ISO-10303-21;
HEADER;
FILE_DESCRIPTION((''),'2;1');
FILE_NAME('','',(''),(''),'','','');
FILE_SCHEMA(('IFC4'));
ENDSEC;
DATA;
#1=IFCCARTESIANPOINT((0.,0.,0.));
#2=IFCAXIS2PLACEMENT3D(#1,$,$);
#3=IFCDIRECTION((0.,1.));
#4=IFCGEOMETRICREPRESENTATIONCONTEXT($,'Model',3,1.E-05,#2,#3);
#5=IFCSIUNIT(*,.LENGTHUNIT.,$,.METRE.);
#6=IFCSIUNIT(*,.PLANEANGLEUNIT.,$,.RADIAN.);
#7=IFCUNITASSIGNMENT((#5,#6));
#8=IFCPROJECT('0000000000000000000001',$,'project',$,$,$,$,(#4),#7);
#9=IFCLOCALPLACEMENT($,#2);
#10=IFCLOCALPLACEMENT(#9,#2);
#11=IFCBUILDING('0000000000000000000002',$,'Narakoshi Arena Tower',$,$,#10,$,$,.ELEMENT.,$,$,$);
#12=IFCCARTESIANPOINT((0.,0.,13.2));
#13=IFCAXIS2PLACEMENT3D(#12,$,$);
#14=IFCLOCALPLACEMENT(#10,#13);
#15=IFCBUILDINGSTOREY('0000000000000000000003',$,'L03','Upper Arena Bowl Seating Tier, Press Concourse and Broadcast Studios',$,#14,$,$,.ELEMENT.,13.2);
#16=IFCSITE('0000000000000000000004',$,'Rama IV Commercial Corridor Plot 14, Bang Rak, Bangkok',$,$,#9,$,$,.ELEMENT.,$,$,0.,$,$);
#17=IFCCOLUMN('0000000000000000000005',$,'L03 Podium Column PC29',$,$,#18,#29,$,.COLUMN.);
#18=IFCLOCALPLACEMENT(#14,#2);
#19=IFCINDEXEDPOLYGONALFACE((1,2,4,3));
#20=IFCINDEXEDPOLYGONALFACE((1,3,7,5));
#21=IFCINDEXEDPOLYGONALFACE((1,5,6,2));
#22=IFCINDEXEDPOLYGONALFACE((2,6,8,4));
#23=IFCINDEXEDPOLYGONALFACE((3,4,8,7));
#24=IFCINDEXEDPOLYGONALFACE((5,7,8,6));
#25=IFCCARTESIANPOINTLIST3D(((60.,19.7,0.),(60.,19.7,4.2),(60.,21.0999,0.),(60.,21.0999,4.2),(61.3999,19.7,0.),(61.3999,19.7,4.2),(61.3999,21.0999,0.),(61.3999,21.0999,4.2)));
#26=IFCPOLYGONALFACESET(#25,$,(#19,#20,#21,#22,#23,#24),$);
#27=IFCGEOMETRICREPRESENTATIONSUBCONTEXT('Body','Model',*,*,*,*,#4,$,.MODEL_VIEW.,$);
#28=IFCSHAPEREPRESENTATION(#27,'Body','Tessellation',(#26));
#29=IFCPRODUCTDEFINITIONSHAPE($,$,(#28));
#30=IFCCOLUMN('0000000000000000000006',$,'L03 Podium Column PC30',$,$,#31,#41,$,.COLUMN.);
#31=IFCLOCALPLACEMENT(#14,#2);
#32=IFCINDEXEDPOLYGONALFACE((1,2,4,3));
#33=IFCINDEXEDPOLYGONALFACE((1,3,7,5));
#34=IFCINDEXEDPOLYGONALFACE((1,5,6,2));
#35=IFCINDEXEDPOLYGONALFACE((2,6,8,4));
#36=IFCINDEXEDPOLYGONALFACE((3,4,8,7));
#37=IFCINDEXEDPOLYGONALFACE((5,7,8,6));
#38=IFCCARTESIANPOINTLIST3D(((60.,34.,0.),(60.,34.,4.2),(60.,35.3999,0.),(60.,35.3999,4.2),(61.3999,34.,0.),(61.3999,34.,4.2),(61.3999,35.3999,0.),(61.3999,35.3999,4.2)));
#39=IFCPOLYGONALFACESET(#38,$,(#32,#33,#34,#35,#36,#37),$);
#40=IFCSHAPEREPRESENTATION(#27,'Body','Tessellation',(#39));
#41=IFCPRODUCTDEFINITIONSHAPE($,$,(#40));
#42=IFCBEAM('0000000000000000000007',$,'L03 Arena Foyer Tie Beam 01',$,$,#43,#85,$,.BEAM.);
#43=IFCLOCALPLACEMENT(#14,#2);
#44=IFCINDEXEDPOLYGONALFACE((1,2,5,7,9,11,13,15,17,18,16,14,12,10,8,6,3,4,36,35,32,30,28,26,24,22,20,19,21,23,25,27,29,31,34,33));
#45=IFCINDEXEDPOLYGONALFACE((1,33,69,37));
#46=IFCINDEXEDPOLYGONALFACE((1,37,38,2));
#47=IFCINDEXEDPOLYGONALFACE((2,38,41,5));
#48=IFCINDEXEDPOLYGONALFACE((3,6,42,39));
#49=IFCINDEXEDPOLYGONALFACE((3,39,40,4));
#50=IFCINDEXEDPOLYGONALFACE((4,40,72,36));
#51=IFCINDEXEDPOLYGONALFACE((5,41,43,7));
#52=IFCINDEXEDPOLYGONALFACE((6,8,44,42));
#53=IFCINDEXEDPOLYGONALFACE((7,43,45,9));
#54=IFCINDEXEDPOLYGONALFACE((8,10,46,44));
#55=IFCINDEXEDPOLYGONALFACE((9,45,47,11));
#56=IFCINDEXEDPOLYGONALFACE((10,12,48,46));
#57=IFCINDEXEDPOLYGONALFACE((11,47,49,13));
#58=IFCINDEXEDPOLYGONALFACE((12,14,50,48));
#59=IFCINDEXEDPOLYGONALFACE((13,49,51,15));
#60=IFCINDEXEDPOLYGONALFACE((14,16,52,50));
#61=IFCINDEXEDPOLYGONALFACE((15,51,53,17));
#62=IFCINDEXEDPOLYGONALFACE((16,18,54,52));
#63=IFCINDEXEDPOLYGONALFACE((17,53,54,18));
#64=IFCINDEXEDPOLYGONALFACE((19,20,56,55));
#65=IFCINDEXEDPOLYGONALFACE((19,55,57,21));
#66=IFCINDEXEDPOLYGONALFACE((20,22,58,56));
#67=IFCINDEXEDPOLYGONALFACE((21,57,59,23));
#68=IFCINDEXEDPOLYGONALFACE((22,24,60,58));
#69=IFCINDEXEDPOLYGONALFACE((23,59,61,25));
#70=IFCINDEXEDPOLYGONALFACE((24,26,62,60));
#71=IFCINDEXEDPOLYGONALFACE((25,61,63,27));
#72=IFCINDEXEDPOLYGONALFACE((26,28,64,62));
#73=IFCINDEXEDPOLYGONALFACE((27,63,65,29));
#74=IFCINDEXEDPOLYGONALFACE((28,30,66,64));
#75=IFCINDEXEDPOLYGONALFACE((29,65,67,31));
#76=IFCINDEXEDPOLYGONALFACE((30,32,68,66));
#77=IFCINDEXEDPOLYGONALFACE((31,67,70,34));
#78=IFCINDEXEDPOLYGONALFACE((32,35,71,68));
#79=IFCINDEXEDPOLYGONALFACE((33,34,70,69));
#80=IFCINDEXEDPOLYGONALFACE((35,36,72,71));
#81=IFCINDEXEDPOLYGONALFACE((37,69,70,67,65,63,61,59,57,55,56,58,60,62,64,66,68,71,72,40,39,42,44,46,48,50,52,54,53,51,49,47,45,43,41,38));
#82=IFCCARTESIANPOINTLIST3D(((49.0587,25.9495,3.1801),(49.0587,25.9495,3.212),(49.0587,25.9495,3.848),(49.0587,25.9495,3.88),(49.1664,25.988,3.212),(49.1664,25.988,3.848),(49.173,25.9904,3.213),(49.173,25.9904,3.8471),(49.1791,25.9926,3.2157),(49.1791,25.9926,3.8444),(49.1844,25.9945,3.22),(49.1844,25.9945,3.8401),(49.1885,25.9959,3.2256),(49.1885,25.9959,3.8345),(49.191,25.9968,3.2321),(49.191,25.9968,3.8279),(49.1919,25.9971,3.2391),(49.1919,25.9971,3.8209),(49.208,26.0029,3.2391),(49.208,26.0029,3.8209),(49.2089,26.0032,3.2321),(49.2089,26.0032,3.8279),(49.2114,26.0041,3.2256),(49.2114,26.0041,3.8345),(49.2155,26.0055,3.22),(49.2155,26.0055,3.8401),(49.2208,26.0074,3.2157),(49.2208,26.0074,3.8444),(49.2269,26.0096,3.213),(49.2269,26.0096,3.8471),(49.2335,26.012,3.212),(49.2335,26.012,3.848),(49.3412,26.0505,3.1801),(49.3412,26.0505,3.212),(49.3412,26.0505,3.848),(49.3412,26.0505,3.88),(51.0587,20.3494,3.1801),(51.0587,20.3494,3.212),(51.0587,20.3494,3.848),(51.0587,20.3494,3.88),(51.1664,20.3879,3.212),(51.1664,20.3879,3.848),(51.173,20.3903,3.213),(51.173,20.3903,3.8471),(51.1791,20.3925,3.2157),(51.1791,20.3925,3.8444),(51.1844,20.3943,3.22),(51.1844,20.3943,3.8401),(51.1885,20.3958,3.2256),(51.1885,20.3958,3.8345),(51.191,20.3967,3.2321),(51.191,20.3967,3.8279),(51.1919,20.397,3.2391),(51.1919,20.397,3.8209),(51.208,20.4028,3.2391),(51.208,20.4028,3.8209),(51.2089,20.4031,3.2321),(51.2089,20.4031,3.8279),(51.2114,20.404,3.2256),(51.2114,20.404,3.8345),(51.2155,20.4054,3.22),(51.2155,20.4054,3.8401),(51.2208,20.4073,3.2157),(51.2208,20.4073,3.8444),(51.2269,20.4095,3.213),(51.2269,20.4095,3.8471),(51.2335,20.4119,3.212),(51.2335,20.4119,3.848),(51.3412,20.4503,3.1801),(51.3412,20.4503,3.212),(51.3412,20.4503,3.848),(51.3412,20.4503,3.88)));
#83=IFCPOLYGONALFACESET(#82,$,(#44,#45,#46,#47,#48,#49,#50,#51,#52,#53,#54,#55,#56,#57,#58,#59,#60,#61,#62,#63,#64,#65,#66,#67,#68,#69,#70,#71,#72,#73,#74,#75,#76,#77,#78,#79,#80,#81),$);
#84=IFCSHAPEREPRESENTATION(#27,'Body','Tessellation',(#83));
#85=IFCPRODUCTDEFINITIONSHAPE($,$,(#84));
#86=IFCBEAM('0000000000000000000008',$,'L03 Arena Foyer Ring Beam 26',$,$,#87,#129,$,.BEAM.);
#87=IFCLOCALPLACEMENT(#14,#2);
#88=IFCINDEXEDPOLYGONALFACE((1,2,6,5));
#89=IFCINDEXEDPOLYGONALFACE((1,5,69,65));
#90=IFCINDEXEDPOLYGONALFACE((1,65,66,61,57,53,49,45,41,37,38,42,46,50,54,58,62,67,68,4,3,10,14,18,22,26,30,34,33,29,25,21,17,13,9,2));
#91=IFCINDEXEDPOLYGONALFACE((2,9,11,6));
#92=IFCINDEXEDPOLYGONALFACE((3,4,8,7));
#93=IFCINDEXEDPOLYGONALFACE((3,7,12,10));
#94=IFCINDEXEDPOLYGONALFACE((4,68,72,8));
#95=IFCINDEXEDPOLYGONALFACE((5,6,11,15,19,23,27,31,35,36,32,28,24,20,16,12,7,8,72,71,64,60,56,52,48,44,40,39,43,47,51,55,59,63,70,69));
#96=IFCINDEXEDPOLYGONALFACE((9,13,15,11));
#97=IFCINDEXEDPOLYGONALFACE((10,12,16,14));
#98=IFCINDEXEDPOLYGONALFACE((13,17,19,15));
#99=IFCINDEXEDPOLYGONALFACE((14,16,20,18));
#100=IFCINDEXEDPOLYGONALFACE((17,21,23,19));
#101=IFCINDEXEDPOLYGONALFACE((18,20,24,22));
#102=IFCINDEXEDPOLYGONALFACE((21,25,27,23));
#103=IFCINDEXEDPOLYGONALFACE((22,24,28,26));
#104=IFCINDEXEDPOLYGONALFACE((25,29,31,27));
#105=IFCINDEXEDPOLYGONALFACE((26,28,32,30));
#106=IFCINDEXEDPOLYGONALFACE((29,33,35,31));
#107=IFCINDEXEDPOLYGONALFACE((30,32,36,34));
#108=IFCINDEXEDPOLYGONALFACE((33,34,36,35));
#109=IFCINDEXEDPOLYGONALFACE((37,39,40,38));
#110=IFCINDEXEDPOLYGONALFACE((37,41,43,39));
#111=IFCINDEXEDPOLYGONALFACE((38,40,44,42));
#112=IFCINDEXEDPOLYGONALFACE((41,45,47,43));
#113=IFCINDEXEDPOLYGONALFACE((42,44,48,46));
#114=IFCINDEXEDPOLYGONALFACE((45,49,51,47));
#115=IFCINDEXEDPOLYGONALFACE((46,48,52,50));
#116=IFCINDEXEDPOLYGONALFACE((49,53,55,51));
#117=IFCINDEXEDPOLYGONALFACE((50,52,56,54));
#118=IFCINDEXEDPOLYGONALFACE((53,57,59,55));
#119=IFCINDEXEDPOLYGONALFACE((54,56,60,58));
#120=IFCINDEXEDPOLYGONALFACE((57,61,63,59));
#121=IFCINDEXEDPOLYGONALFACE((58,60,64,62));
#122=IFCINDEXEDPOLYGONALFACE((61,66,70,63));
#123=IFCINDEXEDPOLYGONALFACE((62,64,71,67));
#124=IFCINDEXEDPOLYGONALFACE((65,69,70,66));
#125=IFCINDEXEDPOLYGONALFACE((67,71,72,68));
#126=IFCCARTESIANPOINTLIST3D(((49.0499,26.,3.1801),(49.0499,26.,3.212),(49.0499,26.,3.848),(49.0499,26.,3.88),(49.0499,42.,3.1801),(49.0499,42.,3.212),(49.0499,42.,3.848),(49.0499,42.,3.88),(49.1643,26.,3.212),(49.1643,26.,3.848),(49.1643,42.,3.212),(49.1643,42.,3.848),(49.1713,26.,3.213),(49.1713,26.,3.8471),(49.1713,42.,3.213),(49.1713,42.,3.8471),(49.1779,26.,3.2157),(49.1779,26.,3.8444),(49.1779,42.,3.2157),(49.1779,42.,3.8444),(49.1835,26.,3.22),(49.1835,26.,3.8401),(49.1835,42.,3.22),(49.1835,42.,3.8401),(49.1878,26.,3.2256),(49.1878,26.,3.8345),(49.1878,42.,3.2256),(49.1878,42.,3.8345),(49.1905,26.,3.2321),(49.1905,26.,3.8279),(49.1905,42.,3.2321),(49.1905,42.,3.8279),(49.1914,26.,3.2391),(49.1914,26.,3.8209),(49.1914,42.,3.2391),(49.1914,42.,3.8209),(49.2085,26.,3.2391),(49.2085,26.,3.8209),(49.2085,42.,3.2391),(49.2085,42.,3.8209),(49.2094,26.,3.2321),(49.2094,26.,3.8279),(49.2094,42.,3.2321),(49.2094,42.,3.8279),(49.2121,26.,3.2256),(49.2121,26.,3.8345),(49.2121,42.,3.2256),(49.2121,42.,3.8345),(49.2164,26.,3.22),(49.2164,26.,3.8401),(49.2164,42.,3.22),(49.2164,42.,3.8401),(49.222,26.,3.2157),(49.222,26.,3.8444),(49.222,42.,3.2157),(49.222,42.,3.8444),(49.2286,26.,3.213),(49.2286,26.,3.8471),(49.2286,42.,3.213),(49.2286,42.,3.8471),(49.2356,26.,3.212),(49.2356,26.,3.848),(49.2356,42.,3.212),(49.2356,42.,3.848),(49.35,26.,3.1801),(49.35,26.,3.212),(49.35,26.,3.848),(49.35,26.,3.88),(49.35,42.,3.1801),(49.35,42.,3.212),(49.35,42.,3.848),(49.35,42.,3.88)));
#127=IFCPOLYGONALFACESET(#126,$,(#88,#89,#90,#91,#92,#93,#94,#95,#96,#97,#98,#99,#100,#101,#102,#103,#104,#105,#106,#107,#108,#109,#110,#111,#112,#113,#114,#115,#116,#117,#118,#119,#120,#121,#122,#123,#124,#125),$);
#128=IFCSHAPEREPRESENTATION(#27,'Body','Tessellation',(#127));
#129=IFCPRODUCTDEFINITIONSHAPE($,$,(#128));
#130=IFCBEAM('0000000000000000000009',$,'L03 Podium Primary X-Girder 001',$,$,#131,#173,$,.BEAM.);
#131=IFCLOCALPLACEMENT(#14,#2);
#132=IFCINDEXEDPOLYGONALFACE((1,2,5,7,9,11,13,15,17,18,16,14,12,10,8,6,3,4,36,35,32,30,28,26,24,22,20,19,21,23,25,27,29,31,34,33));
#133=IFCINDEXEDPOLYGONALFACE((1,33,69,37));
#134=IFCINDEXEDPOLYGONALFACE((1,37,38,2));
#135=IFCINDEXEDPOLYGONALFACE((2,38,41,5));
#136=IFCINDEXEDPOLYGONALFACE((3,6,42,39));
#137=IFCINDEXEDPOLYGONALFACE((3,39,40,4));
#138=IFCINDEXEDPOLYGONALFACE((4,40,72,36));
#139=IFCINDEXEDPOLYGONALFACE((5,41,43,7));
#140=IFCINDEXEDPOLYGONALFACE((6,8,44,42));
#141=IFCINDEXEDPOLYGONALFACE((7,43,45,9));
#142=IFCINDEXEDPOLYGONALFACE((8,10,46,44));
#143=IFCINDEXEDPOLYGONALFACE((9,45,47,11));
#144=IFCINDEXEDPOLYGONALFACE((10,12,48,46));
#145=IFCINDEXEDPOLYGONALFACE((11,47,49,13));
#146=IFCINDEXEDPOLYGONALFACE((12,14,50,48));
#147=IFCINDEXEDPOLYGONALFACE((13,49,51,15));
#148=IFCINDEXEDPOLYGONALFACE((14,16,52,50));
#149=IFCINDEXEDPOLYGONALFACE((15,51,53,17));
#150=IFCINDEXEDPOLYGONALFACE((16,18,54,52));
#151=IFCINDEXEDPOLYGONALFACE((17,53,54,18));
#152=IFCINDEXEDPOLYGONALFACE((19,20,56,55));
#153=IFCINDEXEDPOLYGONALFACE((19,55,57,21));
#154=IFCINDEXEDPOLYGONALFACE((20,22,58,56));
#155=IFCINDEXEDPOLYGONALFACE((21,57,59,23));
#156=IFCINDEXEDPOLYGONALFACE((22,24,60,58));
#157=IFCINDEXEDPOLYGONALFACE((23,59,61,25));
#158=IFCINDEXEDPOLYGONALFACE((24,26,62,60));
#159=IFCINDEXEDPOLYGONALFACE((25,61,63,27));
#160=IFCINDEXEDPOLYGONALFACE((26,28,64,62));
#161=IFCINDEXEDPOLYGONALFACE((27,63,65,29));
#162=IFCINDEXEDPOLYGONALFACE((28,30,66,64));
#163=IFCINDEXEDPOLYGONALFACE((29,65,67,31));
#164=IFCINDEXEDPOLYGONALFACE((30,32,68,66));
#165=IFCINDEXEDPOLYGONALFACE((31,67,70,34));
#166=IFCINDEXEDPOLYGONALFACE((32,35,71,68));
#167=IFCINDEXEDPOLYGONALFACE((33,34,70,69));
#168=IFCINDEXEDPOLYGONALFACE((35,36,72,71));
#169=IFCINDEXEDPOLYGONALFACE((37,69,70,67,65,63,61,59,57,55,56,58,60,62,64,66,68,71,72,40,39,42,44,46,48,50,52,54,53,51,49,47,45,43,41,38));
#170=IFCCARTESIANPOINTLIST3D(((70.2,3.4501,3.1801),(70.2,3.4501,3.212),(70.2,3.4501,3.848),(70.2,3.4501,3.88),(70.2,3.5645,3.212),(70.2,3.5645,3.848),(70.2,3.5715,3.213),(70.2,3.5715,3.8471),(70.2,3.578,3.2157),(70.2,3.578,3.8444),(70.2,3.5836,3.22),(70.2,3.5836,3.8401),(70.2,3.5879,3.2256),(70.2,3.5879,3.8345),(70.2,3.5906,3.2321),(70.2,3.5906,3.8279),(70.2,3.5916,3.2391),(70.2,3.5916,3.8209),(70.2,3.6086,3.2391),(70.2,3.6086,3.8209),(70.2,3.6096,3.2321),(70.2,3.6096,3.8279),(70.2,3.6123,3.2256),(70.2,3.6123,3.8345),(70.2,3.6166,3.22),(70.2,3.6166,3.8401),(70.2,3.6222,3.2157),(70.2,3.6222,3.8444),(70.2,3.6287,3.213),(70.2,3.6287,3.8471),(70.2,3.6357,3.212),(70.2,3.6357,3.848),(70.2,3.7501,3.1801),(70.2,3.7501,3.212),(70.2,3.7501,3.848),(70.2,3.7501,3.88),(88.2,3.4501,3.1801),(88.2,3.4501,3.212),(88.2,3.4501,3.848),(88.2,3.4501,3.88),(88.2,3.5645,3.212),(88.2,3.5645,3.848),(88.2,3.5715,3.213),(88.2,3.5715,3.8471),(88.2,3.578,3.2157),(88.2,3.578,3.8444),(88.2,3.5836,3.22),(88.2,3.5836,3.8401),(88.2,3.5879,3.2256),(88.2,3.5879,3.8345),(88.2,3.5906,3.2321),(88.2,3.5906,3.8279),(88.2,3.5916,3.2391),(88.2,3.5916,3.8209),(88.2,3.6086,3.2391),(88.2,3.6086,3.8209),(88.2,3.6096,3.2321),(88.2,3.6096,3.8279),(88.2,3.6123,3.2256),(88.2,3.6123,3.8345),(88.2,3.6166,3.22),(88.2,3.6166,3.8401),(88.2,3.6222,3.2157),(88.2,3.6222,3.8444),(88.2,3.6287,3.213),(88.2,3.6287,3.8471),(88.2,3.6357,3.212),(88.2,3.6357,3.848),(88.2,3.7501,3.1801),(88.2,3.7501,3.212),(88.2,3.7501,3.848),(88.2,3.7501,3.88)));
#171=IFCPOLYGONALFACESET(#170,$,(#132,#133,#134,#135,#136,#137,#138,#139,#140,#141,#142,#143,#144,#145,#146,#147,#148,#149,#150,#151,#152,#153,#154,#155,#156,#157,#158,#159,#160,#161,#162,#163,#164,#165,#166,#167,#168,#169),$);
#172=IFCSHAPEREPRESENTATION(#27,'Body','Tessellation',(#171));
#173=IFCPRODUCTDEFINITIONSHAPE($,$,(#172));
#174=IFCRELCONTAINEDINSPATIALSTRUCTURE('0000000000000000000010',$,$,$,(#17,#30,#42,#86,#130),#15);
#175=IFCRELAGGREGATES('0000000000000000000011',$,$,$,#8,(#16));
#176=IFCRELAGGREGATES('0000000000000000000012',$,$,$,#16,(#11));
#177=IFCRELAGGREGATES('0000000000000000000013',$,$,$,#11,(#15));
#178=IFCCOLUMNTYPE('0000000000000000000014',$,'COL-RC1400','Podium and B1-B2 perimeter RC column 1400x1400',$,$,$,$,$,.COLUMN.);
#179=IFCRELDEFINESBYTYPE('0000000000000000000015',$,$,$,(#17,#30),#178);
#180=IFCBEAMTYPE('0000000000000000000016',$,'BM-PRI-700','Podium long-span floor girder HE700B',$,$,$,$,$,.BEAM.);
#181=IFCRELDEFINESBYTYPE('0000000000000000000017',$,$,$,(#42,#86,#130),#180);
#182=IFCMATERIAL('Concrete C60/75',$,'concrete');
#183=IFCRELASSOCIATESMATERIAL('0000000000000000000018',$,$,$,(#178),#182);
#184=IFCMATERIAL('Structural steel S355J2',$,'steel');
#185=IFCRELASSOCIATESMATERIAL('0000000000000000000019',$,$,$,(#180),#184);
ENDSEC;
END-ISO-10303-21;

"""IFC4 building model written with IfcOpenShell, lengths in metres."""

from ifc_helpers import new_model, si_unit, direction, frame, origin, origin_2d, place, context, subcontext, project, spatial, rectangle, i_section, extrude, material, material_profile, profile_set, type_object, element, save


model = new_model("IFC4")

# Units and contexts
model_context = context("Model", 3, precision=1e-05, world=origin(), true_north=direction((0.0, 1.0)))
body_context = subcontext(model_context, "Body", "Model", "MODEL_VIEW")
ifc_project = project(units=[si_unit("LENGTHUNIT", "METRE"), si_unit("PLANEANGLEUNIT", "RADIAN")], contexts=[model_context])

# Site, building, storey
site_placement = place(None, origin())
site = spatial("IfcSite", under=ifc_project, at=site_placement, Name="Rama IV Commercial Corridor Plot 14, Bang Rak, Bangkok", CompositionType="ELEMENT", RefElevation=0.0)
building_placement = place(site_placement, origin())
building = spatial("IfcBuilding", under=site, at=building_placement, Name="Narakoshi Arena Tower", CompositionType="ELEMENT")
storey_placement = place(building_placement, frame((0.0, 0.0, 13.2)))
storey = spatial("IfcBuildingStorey", under=building, at=storey_placement, Name="L03", Description="Upper Arena Bowl Seating Tier, Press Concourse and Broadcast Studios", CompositionType="ELEMENT", Elevation=13.2)

# Columns
ifc_material_1 = material(Name="Concrete C60/75", Category="concrete")
ifc_material_profile_1 = material_profile(ifc_material_1, rectangle(XDim=1.3999, YDim=1.3999, at=origin_2d()), Name="RC1400x1400")
ifc_profile_set_1 = profile_set([ifc_material_profile_1], Name="Concrete C60/75")
column_type_1 = type_object("IfcColumnType", Name="COL-RC1400", Description="Podium and B1-B2 perimeter RC column 1400x1400", PredefinedType="COLUMN", material=ifc_profile_set_1)
for number, where, z_axis, x_axis, name in (
    (1, (60.7, 20.3999, 0.0), (0.0, 0.0, 1.0), (1.0, 0.0, 0.0), "L03 Podium Column PC29"),
    (2, (60.7, 34.7, 0.0), (0.0, 0.0, 1.0), (1.0, 0.0, 0.0), "L03 Podium Column PC30"),
):
    element("IfcColumn", number, at=place(storey_placement, frame(where, z_axis=z_axis, x_axis=x_axis)), inside=storey, type_object=column_type_1, Name=name, PredefinedType="COLUMN", context=body_context, shape_type="SweptSolid", body=[
        extrude(rectangle(XDim=1.3999, YDim=1.3999, at=origin_2d()), origin(), (0.0, 0.0, 1.0), 4.2),
    ])

# Beams
ifc_material_2 = material(Name="Structural steel S355J2", Category="steel")
ifc_material_profile_2 = material_profile(ifc_material_2, i_section(OverallWidth=0.3, OverallDepth=0.7, WebThickness=0.0171, FlangeThickness=0.032, FilletRadius=0.0271, at=origin_2d()), Name="HE700B")
ifc_profile_set_2 = profile_set([ifc_material_profile_2], Name="Structural steel S355J2")
beam_type_1 = type_object("IfcBeamType", Name="BM-PRI-700", Description="Podium long-span floor girder HE700B", PredefinedType="BEAM", material=ifc_profile_set_2)
beam_1_placement = place(storey_placement, frame((49.2, 26.0, 3.53), z_axis=(0.336331, -0.941744, 0.0), x_axis=(0.941744, 0.336331, 0.0)))
element("IfcBeam", 3, at=beam_1_placement, inside=storey, type_object=beam_type_1, Name="L03 Arena Foyer Tie Beam 01", PredefinedType="BEAM", context=body_context, shape_type="SweptSolid", body=[
    extrude(i_section(OverallWidth=0.3, OverallDepth=0.7, WebThickness=0.0171, FlangeThickness=0.032, FilletRadius=0.0271, at=origin_2d()), origin(), (0.0, 0.0, 1.0), 5.9465),
])
beam_2_placement = place(storey_placement, frame((49.2, 26.0, 3.53), z_axis=(0.0, 1.0, 0.0), x_axis=(-1.0, 0.0, 0.0)))
element("IfcBeam", 4, at=beam_2_placement, inside=storey, type_object=beam_type_1, Name="L03 Arena Foyer Ring Beam 26", PredefinedType="BEAM", context=body_context, shape_type="SweptSolid", body=[
    extrude(i_section(OverallWidth=0.3, OverallDepth=0.7, WebThickness=0.0171, FlangeThickness=0.032, FilletRadius=0.0271, at=origin_2d()), origin(), (0.0, 0.0, 1.0), 16.0),
])
beam_3_placement = place(storey_placement, frame((70.2, 3.6001, 3.53), z_axis=(1.0, 0.0, 0.0), x_axis=(0.0, 1.0, 0.0)))
element("IfcBeam", 5, at=beam_3_placement, inside=storey, type_object=beam_type_1, Name="L03 Podium Primary X-Girder 001", PredefinedType="BEAM", context=body_context, shape_type="SweptSolid", body=[
    extrude(i_section(OverallWidth=0.3, OverallDepth=0.7, WebThickness=0.0171, FlangeThickness=0.032, FilletRadius=0.0271, at=origin_2d()), origin(), (0.0, 0.0, 1.0), 18.0),
])

save(model, "model.ifc")
